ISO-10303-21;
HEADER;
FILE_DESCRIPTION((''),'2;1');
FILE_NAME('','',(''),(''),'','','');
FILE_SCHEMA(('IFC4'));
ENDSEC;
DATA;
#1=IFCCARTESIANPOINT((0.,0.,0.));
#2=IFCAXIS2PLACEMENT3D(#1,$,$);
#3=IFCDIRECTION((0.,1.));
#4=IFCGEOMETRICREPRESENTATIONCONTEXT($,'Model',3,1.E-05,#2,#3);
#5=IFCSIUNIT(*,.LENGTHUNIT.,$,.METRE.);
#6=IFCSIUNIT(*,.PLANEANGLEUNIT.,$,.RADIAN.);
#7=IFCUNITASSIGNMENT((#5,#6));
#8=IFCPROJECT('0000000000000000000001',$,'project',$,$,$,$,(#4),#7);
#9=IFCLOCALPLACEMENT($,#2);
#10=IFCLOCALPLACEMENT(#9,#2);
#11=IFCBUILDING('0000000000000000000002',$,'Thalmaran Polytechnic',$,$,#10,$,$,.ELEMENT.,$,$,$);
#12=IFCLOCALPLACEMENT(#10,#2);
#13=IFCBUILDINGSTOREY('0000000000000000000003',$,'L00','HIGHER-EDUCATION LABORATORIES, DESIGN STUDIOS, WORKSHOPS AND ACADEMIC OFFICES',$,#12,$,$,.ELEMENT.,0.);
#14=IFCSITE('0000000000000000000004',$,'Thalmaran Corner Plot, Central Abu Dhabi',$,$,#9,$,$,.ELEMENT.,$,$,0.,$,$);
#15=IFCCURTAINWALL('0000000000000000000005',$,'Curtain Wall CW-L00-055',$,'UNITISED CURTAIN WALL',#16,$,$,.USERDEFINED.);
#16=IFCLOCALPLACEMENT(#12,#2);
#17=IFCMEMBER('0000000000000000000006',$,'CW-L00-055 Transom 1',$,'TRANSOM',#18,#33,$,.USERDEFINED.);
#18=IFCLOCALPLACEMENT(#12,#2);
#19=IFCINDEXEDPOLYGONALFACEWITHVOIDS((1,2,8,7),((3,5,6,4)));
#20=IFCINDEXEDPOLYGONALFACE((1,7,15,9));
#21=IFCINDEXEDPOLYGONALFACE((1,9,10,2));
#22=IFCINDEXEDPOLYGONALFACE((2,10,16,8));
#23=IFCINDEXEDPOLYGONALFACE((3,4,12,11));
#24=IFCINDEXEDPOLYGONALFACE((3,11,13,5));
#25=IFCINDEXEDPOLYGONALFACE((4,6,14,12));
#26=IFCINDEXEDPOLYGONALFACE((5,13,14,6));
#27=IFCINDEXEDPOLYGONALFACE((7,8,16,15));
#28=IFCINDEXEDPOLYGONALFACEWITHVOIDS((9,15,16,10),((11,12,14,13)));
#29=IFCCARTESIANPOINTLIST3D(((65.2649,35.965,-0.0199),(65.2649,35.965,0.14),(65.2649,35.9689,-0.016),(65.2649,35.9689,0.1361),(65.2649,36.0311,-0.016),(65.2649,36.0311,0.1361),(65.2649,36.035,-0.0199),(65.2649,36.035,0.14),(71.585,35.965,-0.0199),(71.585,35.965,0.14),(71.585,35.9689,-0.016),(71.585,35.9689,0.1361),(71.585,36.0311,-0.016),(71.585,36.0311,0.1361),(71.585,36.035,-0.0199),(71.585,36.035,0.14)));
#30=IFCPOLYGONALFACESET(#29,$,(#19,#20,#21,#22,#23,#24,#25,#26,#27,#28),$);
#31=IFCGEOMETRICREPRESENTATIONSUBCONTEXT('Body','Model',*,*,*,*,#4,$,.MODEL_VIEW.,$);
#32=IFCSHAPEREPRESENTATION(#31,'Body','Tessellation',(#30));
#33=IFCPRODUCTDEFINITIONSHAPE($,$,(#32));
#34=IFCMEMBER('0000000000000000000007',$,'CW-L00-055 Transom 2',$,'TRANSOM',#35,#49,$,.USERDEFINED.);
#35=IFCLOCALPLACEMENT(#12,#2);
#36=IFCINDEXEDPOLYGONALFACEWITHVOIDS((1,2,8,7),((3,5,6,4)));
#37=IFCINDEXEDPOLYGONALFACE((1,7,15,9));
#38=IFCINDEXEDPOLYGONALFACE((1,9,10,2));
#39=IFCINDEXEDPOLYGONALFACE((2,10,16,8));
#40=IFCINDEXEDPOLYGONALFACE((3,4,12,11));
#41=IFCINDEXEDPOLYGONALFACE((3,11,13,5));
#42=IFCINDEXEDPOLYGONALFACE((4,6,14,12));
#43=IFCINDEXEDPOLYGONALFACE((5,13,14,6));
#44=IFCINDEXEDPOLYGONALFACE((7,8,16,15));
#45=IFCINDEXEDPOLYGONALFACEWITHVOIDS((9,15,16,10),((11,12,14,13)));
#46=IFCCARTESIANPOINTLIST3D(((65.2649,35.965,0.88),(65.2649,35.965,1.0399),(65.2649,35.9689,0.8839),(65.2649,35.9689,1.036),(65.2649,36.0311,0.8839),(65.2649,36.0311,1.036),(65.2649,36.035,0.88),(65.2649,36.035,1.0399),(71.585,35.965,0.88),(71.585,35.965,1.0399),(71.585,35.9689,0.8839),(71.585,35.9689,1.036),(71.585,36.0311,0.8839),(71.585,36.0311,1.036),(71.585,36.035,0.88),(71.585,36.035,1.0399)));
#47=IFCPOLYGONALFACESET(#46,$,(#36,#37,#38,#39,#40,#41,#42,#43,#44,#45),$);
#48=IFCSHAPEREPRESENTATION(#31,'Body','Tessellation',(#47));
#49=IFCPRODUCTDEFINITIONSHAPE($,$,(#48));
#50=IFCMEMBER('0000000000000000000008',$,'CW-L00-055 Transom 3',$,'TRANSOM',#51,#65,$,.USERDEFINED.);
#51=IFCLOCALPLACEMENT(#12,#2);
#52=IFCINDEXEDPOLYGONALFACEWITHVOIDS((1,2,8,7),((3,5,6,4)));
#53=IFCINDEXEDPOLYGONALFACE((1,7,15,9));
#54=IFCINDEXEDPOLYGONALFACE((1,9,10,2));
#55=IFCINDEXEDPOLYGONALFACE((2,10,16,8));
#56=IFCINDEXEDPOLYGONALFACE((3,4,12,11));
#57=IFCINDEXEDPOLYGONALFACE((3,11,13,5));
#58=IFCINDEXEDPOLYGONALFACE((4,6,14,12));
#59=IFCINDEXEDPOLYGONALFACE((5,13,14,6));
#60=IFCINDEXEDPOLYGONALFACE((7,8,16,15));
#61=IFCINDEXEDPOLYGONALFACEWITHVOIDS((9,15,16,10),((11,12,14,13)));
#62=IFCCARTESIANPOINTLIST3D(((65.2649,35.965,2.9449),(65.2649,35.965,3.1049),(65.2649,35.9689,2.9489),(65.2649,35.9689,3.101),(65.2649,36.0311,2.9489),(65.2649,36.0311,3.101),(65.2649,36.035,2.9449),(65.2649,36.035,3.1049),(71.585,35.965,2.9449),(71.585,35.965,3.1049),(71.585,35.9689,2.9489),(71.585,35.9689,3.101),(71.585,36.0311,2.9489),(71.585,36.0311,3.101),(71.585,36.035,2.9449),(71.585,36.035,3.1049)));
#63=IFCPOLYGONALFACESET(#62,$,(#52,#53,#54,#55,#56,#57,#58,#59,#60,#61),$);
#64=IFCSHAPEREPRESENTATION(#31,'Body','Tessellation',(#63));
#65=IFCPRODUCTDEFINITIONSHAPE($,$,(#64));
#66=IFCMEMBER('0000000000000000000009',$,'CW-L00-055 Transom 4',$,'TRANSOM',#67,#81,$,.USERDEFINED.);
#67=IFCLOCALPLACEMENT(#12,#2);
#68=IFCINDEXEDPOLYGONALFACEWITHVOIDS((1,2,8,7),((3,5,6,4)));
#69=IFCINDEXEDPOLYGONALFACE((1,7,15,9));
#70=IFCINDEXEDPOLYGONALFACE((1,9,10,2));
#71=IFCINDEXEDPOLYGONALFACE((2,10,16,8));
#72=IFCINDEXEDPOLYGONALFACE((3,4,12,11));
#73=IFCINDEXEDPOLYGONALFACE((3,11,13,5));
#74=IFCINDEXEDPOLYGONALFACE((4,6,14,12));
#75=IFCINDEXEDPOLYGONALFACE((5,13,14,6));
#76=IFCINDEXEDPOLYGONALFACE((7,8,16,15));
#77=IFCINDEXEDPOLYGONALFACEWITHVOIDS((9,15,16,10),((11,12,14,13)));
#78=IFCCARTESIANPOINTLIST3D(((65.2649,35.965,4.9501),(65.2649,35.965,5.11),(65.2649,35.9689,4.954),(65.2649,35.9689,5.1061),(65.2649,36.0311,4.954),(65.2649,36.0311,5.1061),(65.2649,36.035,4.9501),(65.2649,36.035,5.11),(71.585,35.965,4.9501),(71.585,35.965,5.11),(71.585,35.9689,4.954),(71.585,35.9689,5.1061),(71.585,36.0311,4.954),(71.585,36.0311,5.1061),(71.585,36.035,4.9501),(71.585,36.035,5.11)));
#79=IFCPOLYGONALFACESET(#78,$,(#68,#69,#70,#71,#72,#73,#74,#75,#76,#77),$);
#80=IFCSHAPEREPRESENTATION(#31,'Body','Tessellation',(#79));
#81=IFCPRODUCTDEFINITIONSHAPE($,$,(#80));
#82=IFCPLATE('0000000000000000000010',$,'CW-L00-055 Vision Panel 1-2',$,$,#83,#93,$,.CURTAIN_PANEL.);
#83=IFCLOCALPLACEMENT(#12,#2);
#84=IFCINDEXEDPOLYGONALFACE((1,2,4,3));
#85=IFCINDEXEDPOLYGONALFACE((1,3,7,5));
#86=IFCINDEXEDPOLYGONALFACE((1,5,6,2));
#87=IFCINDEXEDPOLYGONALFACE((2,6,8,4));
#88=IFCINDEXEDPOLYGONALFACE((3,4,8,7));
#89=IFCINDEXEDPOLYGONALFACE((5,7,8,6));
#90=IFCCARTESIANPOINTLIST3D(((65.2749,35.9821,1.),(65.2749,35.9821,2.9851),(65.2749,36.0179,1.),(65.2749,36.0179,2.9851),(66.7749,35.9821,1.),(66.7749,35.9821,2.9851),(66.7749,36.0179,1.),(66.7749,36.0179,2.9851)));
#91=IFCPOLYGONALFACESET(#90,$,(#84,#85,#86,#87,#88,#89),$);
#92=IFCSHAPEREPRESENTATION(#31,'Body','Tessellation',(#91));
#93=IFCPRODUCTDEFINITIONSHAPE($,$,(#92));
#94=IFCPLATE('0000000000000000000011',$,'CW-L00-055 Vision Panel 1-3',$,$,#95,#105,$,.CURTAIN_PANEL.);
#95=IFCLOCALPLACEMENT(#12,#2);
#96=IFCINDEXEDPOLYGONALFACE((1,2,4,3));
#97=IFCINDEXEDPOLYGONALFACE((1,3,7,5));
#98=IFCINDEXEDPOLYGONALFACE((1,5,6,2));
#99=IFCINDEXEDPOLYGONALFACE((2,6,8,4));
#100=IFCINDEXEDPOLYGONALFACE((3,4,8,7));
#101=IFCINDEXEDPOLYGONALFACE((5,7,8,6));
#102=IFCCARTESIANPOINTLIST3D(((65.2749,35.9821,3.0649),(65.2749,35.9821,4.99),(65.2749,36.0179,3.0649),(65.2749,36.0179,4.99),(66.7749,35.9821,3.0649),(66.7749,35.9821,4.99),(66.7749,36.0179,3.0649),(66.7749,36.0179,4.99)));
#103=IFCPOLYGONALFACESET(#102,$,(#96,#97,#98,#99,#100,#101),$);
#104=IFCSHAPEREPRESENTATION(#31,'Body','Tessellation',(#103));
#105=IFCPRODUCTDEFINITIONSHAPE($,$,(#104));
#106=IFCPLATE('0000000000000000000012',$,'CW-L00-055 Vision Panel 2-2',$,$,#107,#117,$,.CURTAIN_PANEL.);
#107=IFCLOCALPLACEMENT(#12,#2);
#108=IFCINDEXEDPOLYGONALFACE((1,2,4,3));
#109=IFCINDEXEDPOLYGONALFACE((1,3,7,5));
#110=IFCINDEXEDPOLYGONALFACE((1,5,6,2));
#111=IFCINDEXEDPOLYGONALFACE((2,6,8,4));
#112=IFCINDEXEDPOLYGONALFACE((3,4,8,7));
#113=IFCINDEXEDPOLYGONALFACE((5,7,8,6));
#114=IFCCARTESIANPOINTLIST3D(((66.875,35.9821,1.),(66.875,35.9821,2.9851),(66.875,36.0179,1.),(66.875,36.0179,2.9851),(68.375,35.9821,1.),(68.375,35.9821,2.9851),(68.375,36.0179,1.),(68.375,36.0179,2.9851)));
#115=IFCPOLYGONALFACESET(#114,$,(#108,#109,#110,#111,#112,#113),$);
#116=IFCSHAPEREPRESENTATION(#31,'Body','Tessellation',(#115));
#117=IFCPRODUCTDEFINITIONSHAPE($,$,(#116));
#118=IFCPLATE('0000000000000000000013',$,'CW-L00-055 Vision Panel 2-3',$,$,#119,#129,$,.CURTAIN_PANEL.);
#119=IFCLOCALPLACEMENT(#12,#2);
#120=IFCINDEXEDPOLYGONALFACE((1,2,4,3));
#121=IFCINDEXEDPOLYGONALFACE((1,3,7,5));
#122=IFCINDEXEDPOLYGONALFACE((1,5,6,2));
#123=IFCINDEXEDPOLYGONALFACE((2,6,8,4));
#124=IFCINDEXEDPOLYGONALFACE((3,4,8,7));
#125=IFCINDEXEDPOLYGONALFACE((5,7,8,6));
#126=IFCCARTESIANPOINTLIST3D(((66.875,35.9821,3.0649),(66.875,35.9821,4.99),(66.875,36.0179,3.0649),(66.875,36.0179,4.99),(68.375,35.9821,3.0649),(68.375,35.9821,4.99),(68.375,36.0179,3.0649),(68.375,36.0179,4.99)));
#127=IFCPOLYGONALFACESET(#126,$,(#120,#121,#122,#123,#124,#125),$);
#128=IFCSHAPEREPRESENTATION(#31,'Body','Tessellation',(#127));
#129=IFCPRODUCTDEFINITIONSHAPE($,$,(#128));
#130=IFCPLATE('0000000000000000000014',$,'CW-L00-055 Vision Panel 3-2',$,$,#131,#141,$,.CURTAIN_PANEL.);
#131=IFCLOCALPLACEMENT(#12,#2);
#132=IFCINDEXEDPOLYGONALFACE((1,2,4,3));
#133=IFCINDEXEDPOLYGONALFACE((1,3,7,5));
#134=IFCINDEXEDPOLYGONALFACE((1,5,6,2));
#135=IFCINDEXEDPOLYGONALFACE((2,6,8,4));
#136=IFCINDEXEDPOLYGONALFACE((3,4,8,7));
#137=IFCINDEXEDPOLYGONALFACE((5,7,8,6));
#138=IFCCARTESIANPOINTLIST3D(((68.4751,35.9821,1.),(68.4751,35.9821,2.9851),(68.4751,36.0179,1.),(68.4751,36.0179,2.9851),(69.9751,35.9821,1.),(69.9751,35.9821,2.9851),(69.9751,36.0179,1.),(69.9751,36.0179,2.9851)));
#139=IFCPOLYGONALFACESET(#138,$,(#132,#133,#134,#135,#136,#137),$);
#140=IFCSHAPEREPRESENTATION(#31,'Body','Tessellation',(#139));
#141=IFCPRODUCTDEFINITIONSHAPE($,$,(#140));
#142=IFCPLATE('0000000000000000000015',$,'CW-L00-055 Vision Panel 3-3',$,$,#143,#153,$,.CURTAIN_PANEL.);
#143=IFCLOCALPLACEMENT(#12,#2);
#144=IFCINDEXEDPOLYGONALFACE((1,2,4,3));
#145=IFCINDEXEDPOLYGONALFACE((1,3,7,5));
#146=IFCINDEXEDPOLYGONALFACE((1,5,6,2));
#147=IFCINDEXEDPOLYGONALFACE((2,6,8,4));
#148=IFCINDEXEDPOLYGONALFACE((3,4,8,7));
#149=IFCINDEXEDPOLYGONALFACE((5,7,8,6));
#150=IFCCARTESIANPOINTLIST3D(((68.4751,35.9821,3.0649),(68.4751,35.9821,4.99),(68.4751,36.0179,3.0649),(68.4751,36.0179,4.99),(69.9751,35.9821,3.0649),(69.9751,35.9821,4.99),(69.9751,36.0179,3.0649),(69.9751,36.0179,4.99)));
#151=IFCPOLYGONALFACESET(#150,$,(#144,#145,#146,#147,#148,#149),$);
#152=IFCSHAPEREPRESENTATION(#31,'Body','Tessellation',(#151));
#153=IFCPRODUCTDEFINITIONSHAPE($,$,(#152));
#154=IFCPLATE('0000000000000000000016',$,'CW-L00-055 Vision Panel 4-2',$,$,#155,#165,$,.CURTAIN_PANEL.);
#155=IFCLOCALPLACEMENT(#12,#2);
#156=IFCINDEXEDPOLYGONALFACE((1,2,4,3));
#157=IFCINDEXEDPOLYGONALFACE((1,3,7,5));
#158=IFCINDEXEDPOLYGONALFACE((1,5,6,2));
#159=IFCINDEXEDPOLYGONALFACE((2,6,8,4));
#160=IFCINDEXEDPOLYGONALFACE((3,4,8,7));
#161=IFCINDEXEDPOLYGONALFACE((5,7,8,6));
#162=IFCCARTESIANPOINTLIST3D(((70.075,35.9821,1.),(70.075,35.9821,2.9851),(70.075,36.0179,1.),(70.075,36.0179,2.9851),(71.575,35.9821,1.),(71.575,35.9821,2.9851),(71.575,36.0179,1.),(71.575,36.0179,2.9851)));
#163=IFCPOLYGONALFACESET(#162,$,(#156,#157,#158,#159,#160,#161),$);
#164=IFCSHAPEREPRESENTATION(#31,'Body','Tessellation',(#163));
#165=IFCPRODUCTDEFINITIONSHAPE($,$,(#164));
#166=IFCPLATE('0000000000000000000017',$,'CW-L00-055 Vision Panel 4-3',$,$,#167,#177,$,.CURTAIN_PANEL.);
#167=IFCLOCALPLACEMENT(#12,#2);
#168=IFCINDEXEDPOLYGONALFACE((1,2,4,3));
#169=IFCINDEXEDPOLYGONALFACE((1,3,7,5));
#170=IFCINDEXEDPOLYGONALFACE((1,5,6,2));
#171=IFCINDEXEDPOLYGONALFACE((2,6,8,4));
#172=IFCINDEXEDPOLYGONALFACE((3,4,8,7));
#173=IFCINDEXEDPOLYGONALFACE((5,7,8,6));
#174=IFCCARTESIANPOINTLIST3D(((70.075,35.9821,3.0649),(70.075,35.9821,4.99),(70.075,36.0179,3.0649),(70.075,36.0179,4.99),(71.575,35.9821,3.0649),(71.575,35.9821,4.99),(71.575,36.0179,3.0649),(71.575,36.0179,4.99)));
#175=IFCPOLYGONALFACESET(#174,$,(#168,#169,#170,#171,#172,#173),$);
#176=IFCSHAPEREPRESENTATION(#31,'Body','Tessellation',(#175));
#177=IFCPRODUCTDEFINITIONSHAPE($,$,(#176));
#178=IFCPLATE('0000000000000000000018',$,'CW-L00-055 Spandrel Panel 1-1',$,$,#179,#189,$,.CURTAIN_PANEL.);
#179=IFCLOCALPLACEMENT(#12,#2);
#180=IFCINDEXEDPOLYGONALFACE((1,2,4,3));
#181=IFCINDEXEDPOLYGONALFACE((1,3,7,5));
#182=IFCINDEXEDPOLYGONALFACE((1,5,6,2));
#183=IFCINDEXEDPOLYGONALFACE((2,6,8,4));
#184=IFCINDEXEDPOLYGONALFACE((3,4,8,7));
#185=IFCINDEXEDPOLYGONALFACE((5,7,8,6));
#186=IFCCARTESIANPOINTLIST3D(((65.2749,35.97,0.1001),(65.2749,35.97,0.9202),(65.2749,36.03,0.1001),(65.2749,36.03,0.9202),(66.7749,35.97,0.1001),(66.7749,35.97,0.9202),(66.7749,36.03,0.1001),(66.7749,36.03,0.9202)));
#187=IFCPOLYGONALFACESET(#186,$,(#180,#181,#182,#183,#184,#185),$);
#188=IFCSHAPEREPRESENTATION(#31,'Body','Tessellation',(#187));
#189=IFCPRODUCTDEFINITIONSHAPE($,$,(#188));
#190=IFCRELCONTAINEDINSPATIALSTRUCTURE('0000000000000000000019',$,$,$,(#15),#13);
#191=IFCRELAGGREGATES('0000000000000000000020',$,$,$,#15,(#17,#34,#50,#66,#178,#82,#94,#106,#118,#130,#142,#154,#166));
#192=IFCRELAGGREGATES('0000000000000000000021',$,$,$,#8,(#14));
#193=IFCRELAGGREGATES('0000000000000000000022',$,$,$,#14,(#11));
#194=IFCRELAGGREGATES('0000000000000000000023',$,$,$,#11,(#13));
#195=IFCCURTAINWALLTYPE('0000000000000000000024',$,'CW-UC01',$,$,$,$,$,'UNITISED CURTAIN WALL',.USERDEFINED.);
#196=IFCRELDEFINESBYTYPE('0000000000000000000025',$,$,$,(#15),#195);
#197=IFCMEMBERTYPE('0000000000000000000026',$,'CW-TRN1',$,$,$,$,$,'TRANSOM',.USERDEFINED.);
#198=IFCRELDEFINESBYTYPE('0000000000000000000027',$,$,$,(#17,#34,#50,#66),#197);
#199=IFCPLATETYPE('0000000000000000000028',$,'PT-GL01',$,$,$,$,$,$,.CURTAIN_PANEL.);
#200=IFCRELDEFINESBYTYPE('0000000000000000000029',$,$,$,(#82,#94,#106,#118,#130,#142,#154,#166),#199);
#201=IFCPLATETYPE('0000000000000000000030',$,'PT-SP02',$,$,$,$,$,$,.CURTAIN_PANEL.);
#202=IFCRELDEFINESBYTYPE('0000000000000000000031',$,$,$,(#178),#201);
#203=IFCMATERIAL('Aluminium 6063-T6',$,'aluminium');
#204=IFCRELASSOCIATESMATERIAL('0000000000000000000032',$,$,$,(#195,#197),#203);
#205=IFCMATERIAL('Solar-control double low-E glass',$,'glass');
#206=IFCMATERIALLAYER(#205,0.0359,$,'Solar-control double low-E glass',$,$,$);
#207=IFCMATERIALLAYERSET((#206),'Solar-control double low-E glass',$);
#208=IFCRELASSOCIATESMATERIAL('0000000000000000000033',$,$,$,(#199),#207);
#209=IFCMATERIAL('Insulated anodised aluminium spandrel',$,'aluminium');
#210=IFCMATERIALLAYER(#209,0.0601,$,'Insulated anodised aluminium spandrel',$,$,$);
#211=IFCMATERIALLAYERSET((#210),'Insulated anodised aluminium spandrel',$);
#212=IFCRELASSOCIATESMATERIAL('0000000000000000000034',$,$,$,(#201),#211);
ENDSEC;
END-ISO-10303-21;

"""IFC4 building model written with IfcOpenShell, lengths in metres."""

from ifc_helpers import new_model, si_unit, direction, frame, origin, origin_2d, place, context, subcontext, project, spatial, rectangle, hollow_rectangle, extrude, material, layer, layer_set, material_profile, profile_set, type_object, element, aggregate, save


model = new_model("IFC4")

# Units and contexts
model_context = context("Model", 3, precision=1e-05, world=origin(), true_north=direction((0.0, 1.0)))
body_context = subcontext(model_context, "Body", "Model", "MODEL_VIEW")
ifc_project = project(units=[si_unit("LENGTHUNIT", "METRE"), si_unit("PLANEANGLEUNIT", "RADIAN")], contexts=[model_context])

# Site, building, storey
site_placement = place(None, origin())
site = spatial("IfcSite", under=ifc_project, at=site_placement, Name="Thalmaran Corner Plot, Central Abu Dhabi", CompositionType="ELEMENT", RefElevation=0.0)
building_placement = place(site_placement, origin())
building = spatial("IfcBuilding", under=site, at=building_placement, Name="Thalmaran Polytechnic", CompositionType="ELEMENT")
storey_placement = place(building_placement, origin())
storey = spatial("IfcBuildingStorey", under=building, at=storey_placement, Name="L00", Description="HIGHER-EDUCATION LABORATORIES, DESIGN STUDIOS, WORKSHOPS AND ACADEMIC OFFICES", CompositionType="ELEMENT", Elevation=0.0)

# Curtain wall, members, plates
ifc_material_1 = material(Name="Aluminium 6063-T6", Category="aluminium")
curtain_wall_type = type_object("IfcCurtainWallType", Name="CW-UC01", ElementType="UNITISED CURTAIN WALL", PredefinedType="USERDEFINED", material=ifc_material_1)
curtain_wall_placement = place(storey_placement, origin())
curtain_wall = element("IfcCurtainWall", 1, at=curtain_wall_placement, inside=storey, type_object=curtain_wall_type, Name="Curtain Wall CW-L00-055", ObjectType="UNITISED CURTAIN WALL", PredefinedType="USERDEFINED")
ifc_material_profile_1 = material_profile(ifc_material_1, hollow_rectangle(XDim=0.0701, YDim=0.1599, WallThickness=0.0039, at=origin_2d()), Name="AL 160x70x4.0")
ifc_profile_set_1 = profile_set([ifc_material_profile_1], Name="Aluminium 6063-T6")
member_type_1 = type_object("IfcMemberType", Name="CW-TRN1", ElementType="TRANSOM", PredefinedType="USERDEFINED", material=ifc_profile_set_1)
member_1_placement = place(storey_placement, frame((65.2649, 36.0, 0.0601), z_axis=(1.0, 0.0, 0.0), x_axis=(0.0, 1.0, 0.0)))
member_1 = element("IfcMember", 2, at=member_1_placement, type_object=member_type_1, Name="CW-L00-055 Transom 1", ObjectType="TRANSOM", PredefinedType="USERDEFINED", context=body_context, shape_type="SweptSolid", body=[
    extrude(hollow_rectangle(XDim=0.0701, YDim=0.1599, WallThickness=0.0039, at=origin_2d()), origin(), (0.0, 0.0, 1.0), 6.3201),
])
member_2_placement = place(storey_placement, frame((65.2649, 36.0, 0.96), z_axis=(1.0, 0.0, 0.0), x_axis=(0.0, 1.0, 0.0)))
member_2 = element("IfcMember", 3, at=member_2_placement, type_object=member_type_1, Name="CW-L00-055 Transom 2", ObjectType="TRANSOM", PredefinedType="USERDEFINED", context=body_context, shape_type="SweptSolid", body=[
    extrude(hollow_rectangle(XDim=0.0701, YDim=0.1599, WallThickness=0.0039, at=origin_2d()), origin(), (0.0, 0.0, 1.0), 6.3201),
])
member_3_placement = place(storey_placement, frame((65.2649, 36.0, 3.0249), z_axis=(1.0, 0.0, 0.0), x_axis=(0.0, 1.0, 0.0)))
member_3 = element("IfcMember", 4, at=member_3_placement, type_object=member_type_1, Name="CW-L00-055 Transom 3", ObjectType="TRANSOM", PredefinedType="USERDEFINED", context=body_context, shape_type="SweptSolid", body=[
    extrude(hollow_rectangle(XDim=0.0701, YDim=0.1599, WallThickness=0.0039, at=origin_2d()), origin(), (0.0, 0.0, 1.0), 6.3201),
])
member_4_placement = place(storey_placement, frame((65.2649, 36.0, 5.03), z_axis=(1.0, 0.0, 0.0), x_axis=(0.0, 1.0, 0.0)))
member_4 = element("IfcMember", 5, at=member_4_placement, type_object=member_type_1, Name="CW-L00-055 Transom 4", ObjectType="TRANSOM", PredefinedType="USERDEFINED", context=body_context, shape_type="SweptSolid", body=[
    extrude(hollow_rectangle(XDim=0.0701, YDim=0.1599, WallThickness=0.0039, at=origin_2d()), origin(), (0.0, 0.0, 1.0), 6.3201),
])
ifc_material_2 = material(Name="Solar-control double low-E glass", Category="glass")
ifc_layer_1 = layer(ifc_material_2, 0.0359, Name="Solar-control double low-E glass")
ifc_layer_set_1 = layer_set([ifc_layer_1], Name="Solar-control double low-E glass")
plate_type_1 = type_object("IfcPlateType", Name="PT-GL01", PredefinedType="CURTAIN_PANEL", material=ifc_layer_set_1)
plate_1_placement = place(storey_placement, frame((66.0249, 36.0, 1.0), z_axis=(0.0, 0.0, 1.0), x_axis=(1.0, 0.0, 0.0)))
plate_1 = element("IfcPlate", 6, at=plate_1_placement, type_object=plate_type_1, Name="CW-L00-055 Vision Panel 1-2", PredefinedType="CURTAIN_PANEL", context=body_context, shape_type="SweptSolid", body=[
    extrude(rectangle(XDim=1.5, YDim=0.0359, at=origin_2d()), origin(), (0.0, 0.0, 1.0), 1.9851),
])
plate_2_placement = place(storey_placement, frame((66.0249, 36.0, 3.0649), z_axis=(0.0, 0.0, 1.0), x_axis=(1.0, 0.0, 0.0)))
plate_2 = element("IfcPlate", 7, at=plate_2_placement, type_object=plate_type_1, Name="CW-L00-055 Vision Panel 1-3", PredefinedType="CURTAIN_PANEL", context=body_context, shape_type="SweptSolid", body=[
    extrude(rectangle(XDim=1.5, YDim=0.0359, at=origin_2d()), origin(), (0.0, 0.0, 1.0), 1.925),
])
plate_3_placement = place(storey_placement, frame((67.625, 36.0, 1.0), z_axis=(0.0, 0.0, 1.0), x_axis=(1.0, 0.0, 0.0)))
plate_3 = element("IfcPlate", 8, at=plate_3_placement, type_object=plate_type_1, Name="CW-L00-055 Vision Panel 2-2", PredefinedType="CURTAIN_PANEL", context=body_context, shape_type="SweptSolid", body=[
    extrude(rectangle(XDim=1.5, YDim=0.0359, at=origin_2d()), origin(), (0.0, 0.0, 1.0), 1.9851),
])
plate_4_placement = place(storey_placement, frame((67.625, 36.0, 3.0649), z_axis=(0.0, 0.0, 1.0), x_axis=(1.0, 0.0, 0.0)))
plate_4 = element("IfcPlate", 9, at=plate_4_placement, type_object=plate_type_1, Name="CW-L00-055 Vision Panel 2-3", PredefinedType="CURTAIN_PANEL", context=body_context, shape_type="SweptSolid", body=[
    extrude(rectangle(XDim=1.5, YDim=0.0359, at=origin_2d()), origin(), (0.0, 0.0, 1.0), 1.925),
])
plate_5_placement = place(storey_placement, frame((69.2251, 36.0, 1.0), z_axis=(0.0, 0.0, 1.0), x_axis=(1.0, 0.0, 0.0)))
plate_5 = element("IfcPlate", 10, at=plate_5_placement, type_object=plate_type_1, Name="CW-L00-055 Vision Panel 3-2", PredefinedType="CURTAIN_PANEL", context=body_context, shape_type="SweptSolid", body=[
    extrude(rectangle(XDim=1.5, YDim=0.0359, at=origin_2d()), origin(), (0.0, 0.0, 1.0), 1.9851),
])
plate_6_placement = place(storey_placement, frame((69.2251, 36.0, 3.0649), z_axis=(0.0, 0.0, 1.0), x_axis=(1.0, 0.0, 0.0)))
plate_6 = element("IfcPlate", 11, at=plate_6_placement, type_object=plate_type_1, Name="CW-L00-055 Vision Panel 3-3", PredefinedType="CURTAIN_PANEL", context=body_context, shape_type="SweptSolid", body=[
    extrude(rectangle(XDim=1.5, YDim=0.0359, at=origin_2d()), origin(), (0.0, 0.0, 1.0), 1.925),
])
plate_7_placement = place(storey_placement, frame((70.825, 36.0, 1.0), z_axis=(0.0, 0.0, 1.0), x_axis=(1.0, 0.0, 0.0)))
plate_7 = element("IfcPlate", 12, at=plate_7_placement, type_object=plate_type_1, Name="CW-L00-055 Vision Panel 4-2", PredefinedType="CURTAIN_PANEL", context=body_context, shape_type="SweptSolid", body=[
    extrude(rectangle(XDim=1.5, YDim=0.0359, at=origin_2d()), origin(), (0.0, 0.0, 1.0), 1.9851),
])
plate_8_placement = place(storey_placement, frame((70.825, 36.0, 3.0649), z_axis=(0.0, 0.0, 1.0), x_axis=(1.0, 0.0, 0.0)))
plate_8 = element("IfcPlate", 13, at=plate_8_placement, type_object=plate_type_1, Name="CW-L00-055 Vision Panel 4-3", PredefinedType="CURTAIN_PANEL", context=body_context, shape_type="SweptSolid", body=[
    extrude(rectangle(XDim=1.5, YDim=0.0359, at=origin_2d()), origin(), (0.0, 0.0, 1.0), 1.925),
])
ifc_material_3 = material(Name="Insulated anodised aluminium spandrel", Category="aluminium")
ifc_layer_2 = layer(ifc_material_3, 0.0601, Name="Insulated anodised aluminium spandrel")
ifc_layer_set_2 = layer_set([ifc_layer_2], Name="Insulated anodised aluminium spandrel")
plate_type_2 = type_object("IfcPlateType", Name="PT-SP02", PredefinedType="CURTAIN_PANEL", material=ifc_layer_set_2)
plate_9_placement = place(storey_placement, frame((66.0249, 36.0, 0.1001), z_axis=(0.0, 0.0, 1.0), x_axis=(1.0, 0.0, 0.0)))
plate_9 = element("IfcPlate", 14, at=plate_9_placement, type_object=plate_type_2, Name="CW-L00-055 Spandrel Panel 1-1", PredefinedType="CURTAIN_PANEL", context=body_context, shape_type="SweptSolid", body=[
    extrude(rectangle(XDim=1.5, YDim=0.0601, at=origin_2d()), origin(), (0.0, 0.0, 1.0), 0.8201),
])
aggregate(curtain_wall, [member_1, member_2, member_3, member_4, plate_9, plate_1, plate_2, plate_3, plate_4, plate_5, plate_6, plate_7, plate_8])

save(model, "model.ifc")
